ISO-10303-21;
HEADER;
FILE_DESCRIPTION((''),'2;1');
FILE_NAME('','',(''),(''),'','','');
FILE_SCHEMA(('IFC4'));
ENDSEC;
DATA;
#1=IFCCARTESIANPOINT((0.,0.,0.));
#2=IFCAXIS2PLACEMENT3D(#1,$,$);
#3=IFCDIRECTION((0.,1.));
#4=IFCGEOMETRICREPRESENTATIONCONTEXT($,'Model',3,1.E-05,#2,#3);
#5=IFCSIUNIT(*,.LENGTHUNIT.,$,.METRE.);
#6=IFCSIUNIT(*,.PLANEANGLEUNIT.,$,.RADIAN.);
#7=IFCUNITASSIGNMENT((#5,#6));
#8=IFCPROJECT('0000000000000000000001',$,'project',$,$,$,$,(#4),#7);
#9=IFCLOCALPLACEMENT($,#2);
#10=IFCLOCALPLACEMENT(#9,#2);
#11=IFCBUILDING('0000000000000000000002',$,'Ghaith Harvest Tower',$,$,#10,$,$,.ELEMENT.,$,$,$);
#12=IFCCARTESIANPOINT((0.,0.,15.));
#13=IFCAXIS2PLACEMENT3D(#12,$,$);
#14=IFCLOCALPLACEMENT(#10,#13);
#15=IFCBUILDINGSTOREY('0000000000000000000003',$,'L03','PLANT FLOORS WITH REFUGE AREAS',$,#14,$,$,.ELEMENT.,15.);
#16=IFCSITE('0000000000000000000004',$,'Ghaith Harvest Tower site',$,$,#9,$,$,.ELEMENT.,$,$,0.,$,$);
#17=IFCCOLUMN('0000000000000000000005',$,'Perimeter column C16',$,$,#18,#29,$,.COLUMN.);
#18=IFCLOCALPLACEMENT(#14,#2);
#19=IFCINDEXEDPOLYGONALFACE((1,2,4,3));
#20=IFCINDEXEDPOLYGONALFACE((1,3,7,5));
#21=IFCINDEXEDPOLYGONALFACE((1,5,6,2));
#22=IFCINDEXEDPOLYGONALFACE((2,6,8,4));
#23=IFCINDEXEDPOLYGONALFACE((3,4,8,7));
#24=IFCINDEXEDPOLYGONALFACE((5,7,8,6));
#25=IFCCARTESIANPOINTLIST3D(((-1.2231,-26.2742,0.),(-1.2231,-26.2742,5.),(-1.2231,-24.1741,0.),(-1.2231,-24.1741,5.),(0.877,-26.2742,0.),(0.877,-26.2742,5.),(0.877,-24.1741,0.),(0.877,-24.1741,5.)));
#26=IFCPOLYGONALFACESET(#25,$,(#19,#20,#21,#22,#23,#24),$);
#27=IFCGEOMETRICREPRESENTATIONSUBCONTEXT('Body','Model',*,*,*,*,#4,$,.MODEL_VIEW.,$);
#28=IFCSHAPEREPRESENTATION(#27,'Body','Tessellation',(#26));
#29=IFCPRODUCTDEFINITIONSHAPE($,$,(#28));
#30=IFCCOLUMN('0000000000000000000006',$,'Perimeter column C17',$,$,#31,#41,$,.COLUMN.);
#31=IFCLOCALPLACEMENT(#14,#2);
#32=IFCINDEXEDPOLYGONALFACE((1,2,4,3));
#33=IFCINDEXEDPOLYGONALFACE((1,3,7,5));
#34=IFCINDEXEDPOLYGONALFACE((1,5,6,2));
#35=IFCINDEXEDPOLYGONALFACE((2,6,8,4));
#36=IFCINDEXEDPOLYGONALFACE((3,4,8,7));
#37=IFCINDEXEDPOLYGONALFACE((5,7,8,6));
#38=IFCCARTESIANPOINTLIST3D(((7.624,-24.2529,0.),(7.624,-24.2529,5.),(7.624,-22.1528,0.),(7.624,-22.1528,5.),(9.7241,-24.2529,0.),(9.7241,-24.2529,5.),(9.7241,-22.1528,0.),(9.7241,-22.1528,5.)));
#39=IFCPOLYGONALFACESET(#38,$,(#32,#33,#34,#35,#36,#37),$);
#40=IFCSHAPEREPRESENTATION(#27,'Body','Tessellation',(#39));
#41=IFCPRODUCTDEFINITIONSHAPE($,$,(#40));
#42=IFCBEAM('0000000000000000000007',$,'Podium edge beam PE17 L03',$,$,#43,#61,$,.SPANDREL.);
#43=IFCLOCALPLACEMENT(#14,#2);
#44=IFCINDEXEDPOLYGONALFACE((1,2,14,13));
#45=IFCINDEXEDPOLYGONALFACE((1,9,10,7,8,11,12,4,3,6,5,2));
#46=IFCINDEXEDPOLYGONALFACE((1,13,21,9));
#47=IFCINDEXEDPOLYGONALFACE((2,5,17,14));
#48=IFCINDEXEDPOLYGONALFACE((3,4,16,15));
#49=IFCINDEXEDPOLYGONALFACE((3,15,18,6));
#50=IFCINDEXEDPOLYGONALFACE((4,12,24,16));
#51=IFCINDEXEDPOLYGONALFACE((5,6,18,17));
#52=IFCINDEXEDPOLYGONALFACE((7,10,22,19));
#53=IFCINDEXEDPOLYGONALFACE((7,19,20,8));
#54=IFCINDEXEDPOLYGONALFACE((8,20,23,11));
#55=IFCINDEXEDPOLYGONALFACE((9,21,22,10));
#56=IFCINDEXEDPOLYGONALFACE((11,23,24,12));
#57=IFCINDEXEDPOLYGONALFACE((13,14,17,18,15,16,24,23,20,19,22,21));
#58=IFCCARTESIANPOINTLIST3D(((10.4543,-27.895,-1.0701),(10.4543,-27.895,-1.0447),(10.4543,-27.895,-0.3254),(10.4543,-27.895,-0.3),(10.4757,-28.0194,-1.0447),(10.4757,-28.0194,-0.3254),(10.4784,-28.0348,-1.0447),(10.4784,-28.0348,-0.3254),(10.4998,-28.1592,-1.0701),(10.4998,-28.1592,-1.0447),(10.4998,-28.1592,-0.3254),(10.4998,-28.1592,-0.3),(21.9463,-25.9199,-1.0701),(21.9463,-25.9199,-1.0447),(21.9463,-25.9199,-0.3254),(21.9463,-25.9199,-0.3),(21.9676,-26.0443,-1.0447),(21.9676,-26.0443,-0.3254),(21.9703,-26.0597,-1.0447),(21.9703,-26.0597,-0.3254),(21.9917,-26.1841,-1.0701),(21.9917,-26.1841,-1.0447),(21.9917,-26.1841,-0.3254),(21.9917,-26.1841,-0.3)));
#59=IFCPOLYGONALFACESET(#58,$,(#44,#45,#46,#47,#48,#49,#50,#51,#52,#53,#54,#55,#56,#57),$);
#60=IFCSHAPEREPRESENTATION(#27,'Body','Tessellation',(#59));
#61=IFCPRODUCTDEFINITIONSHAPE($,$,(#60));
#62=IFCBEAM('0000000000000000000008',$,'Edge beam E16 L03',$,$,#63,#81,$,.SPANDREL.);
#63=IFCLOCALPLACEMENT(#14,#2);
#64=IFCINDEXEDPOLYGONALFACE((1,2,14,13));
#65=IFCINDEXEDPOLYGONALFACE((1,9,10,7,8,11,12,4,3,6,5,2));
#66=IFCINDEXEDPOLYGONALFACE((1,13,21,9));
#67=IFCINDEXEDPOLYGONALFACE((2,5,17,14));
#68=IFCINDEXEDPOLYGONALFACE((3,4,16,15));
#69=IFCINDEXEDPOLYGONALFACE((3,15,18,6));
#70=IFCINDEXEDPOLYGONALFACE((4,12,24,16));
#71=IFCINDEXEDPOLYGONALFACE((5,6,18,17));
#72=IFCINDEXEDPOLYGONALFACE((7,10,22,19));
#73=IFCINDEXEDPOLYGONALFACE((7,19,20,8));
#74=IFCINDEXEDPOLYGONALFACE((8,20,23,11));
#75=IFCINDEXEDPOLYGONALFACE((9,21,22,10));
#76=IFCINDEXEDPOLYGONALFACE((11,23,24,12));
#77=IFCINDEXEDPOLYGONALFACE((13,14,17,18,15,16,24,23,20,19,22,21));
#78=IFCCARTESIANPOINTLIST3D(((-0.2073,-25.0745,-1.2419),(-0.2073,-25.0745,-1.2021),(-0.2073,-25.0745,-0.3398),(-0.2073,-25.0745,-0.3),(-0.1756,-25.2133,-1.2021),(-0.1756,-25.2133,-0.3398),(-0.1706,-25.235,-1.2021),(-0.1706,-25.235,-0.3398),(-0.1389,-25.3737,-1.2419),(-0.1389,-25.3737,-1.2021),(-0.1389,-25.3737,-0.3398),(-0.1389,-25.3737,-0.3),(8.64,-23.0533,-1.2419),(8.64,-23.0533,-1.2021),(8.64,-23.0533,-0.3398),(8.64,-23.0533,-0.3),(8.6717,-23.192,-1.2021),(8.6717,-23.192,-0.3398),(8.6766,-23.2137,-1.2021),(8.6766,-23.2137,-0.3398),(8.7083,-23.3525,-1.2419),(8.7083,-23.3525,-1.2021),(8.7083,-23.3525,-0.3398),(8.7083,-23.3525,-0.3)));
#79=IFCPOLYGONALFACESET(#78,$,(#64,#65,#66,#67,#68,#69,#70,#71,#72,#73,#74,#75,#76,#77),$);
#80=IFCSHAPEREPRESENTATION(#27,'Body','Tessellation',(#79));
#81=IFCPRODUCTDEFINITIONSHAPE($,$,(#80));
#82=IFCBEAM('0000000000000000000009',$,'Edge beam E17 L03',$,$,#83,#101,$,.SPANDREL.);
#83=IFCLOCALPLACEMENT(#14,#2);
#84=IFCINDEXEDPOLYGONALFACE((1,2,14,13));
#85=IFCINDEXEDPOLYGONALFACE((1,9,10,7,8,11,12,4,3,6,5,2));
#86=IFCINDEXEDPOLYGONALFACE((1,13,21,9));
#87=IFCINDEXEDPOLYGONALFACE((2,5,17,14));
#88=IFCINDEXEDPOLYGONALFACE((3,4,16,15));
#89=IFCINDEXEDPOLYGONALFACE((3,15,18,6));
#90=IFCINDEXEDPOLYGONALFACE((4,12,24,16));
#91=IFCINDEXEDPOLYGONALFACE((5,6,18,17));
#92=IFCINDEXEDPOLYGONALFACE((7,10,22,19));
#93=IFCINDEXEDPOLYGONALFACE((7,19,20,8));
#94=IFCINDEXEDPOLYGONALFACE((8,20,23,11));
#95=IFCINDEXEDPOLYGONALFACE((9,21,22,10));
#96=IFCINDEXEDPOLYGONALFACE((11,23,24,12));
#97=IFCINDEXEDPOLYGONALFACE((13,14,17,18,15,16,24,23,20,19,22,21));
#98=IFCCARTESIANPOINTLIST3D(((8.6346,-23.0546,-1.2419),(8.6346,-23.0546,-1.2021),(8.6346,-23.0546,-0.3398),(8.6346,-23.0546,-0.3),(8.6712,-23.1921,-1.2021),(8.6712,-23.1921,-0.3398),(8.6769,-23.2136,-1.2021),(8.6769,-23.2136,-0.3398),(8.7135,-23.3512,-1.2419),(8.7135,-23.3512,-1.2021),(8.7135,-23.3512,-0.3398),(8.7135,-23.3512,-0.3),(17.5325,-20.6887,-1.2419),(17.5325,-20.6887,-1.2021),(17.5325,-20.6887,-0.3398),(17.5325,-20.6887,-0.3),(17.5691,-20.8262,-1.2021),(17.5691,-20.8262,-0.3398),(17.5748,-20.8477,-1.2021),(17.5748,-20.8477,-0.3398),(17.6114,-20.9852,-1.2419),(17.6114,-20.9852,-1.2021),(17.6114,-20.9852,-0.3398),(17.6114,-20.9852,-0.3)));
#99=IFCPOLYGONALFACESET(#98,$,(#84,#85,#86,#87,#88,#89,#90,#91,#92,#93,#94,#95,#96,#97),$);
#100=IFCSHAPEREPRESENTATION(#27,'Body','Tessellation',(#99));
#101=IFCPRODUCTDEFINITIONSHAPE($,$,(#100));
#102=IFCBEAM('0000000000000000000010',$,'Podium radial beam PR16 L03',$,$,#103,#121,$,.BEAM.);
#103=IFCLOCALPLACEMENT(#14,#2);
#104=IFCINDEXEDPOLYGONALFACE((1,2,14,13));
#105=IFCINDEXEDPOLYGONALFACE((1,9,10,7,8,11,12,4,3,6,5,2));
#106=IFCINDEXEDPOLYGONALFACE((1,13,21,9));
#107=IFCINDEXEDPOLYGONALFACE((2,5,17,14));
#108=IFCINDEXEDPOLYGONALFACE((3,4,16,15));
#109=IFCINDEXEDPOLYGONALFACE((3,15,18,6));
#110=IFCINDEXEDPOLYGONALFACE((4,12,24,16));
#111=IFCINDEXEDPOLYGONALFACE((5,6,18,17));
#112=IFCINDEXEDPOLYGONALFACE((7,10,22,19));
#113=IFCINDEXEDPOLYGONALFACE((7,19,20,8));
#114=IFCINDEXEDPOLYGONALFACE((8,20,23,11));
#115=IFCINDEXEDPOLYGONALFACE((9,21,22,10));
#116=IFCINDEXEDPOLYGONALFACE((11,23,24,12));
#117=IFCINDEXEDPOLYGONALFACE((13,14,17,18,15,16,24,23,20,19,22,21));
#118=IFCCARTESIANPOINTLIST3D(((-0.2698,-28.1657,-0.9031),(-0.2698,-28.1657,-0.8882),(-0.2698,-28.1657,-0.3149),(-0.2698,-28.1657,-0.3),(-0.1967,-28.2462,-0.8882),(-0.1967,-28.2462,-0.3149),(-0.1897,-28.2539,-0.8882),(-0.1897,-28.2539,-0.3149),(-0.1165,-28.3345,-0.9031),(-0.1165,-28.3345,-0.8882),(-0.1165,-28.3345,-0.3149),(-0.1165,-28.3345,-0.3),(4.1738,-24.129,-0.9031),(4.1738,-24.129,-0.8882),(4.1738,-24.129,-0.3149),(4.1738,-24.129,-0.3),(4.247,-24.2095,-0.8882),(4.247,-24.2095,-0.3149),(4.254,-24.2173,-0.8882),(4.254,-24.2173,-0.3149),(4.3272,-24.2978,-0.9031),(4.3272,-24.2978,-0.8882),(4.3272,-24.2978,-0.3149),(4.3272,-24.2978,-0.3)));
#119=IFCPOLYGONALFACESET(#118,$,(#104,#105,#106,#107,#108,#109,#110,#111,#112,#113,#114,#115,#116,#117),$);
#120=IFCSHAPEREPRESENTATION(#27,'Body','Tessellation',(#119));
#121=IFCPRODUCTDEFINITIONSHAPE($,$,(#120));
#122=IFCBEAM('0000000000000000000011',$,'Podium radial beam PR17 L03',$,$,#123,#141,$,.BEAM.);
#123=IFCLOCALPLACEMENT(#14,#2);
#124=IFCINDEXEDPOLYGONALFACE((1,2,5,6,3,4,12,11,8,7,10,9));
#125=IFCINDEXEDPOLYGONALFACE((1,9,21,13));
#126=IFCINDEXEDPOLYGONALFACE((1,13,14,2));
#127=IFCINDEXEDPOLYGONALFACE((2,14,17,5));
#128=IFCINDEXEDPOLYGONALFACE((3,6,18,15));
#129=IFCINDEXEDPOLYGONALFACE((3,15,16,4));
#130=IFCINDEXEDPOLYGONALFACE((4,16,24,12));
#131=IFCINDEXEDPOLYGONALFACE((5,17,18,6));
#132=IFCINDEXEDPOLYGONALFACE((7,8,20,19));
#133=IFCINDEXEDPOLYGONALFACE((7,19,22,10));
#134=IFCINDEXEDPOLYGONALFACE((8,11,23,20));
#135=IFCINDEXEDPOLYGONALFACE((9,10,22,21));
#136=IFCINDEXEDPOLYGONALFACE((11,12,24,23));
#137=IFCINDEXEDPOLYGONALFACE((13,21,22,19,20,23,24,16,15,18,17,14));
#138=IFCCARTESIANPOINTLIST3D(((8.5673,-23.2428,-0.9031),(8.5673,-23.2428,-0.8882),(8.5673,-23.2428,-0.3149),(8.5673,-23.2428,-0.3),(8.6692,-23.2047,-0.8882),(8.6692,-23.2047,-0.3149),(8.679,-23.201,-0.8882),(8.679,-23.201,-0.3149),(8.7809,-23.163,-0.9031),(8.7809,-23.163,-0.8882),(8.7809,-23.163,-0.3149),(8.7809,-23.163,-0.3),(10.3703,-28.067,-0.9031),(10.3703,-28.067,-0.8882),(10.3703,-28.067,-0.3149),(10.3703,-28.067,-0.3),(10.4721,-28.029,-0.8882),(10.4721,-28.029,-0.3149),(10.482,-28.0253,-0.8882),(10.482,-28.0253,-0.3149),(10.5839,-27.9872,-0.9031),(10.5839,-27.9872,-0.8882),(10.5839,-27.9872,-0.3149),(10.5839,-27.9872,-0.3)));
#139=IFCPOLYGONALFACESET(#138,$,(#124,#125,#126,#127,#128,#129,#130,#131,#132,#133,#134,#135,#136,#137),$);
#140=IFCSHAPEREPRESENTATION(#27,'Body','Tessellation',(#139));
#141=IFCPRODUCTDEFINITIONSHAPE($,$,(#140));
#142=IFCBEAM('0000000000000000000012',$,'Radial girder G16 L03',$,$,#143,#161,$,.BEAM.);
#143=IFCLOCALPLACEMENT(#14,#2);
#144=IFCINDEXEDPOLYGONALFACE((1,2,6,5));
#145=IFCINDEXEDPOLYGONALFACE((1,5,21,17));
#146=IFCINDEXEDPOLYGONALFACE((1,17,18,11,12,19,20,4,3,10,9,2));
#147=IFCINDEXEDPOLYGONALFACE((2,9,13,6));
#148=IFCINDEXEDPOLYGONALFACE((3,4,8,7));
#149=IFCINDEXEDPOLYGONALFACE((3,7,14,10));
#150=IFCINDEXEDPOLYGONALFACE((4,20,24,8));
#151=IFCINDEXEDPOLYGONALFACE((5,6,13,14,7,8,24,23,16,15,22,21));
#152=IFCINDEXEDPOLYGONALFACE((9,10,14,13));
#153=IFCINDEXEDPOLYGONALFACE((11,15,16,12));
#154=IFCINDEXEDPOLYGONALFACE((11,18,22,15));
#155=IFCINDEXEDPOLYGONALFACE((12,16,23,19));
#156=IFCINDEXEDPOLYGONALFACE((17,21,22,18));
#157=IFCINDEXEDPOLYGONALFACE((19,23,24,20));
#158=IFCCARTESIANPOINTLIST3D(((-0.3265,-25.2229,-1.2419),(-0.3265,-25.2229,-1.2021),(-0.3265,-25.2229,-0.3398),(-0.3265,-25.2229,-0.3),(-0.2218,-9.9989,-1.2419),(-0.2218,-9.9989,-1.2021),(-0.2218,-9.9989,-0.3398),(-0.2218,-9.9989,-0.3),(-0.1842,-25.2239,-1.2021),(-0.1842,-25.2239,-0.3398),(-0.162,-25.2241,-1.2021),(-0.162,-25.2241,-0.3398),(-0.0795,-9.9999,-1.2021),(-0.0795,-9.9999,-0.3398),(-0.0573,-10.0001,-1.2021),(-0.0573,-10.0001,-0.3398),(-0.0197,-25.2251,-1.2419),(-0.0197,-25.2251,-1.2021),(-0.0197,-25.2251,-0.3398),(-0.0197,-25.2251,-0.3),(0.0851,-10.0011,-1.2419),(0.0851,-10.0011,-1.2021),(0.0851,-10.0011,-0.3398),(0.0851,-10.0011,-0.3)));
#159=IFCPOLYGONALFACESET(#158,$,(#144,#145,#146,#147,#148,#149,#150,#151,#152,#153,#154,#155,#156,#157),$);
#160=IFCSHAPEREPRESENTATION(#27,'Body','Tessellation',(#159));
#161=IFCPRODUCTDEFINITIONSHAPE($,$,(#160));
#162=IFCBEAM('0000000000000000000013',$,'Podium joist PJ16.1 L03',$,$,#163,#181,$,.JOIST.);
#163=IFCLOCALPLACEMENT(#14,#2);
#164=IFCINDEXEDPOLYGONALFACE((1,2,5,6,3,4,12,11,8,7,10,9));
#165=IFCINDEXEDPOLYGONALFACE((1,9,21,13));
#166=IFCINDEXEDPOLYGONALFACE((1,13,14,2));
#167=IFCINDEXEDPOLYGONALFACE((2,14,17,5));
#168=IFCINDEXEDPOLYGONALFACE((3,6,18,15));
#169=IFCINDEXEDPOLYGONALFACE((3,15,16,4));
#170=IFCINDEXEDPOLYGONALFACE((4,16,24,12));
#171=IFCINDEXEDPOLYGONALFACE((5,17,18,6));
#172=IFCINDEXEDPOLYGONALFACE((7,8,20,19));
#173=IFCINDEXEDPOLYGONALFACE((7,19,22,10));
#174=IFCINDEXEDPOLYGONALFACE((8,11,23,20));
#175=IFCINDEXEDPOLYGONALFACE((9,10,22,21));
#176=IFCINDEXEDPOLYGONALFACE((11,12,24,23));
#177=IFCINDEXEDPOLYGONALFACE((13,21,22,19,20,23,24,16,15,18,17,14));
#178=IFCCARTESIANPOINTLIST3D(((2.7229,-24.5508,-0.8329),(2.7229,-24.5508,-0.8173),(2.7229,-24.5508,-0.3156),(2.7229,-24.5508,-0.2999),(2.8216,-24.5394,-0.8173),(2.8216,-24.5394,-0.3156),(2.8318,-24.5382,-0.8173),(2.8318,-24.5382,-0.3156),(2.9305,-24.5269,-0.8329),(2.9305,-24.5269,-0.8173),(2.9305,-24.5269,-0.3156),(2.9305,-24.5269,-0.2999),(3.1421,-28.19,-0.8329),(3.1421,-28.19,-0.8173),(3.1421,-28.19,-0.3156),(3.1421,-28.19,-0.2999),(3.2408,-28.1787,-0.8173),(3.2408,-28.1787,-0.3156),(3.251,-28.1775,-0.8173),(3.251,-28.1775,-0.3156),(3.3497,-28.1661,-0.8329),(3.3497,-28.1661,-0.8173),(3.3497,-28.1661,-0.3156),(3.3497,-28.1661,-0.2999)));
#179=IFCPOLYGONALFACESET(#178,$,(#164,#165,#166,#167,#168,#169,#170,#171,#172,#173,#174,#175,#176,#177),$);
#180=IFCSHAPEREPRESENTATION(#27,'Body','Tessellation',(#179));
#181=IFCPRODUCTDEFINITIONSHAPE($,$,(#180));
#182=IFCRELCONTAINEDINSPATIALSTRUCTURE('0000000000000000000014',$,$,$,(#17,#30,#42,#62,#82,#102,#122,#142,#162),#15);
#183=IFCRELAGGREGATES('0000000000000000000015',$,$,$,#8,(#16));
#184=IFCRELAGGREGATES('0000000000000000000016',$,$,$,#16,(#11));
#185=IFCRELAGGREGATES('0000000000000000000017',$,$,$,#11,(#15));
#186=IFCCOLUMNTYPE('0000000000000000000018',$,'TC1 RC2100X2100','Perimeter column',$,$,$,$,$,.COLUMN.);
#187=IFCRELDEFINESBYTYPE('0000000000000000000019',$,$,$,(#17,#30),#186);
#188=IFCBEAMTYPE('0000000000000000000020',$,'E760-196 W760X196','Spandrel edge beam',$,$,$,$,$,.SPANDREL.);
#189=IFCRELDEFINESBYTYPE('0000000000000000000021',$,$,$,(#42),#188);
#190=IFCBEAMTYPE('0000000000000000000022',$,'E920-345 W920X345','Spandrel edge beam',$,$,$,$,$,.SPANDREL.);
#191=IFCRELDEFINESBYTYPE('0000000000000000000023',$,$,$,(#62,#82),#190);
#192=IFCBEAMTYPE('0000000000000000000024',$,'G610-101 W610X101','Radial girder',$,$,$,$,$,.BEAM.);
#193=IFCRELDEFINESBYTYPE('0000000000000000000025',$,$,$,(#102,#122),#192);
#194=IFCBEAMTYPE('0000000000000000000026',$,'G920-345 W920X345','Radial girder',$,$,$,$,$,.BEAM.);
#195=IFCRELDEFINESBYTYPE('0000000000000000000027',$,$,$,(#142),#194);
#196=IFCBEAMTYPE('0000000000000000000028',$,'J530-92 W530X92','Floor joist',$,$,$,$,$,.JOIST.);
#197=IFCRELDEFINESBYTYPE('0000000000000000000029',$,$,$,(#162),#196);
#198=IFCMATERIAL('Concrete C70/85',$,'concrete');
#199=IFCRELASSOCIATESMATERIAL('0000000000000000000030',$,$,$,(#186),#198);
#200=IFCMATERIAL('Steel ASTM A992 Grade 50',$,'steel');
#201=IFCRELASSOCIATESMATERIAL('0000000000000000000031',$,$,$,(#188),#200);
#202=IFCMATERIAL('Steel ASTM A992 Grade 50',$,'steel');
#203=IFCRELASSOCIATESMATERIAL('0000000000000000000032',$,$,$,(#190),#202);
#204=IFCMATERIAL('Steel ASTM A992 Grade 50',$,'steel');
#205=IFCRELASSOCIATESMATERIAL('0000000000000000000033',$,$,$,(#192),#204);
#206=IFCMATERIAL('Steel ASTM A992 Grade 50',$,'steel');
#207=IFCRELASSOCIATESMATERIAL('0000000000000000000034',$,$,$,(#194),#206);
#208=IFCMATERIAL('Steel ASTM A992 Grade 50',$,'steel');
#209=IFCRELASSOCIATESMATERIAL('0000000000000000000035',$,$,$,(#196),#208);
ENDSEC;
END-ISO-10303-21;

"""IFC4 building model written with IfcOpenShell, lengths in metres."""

from ifc_helpers import new_model, si_unit, direction, frame, origin, origin_2d, place, context, subcontext, project, spatial, rectangle, i_section, extrude, material, material_profile, profile_set, type_object, element, save


model = new_model("IFC4")

# Units and contexts
model_context = context("Model", 3, precision=1e-05, world=origin(), true_north=direction((0.0, 1.0)))
body_context = subcontext(model_context, "Body", "Model", "MODEL_VIEW")
ifc_project = project(units=[si_unit("LENGTHUNIT", "METRE"), si_unit("PLANEANGLEUNIT", "RADIAN")], contexts=[model_context])

# Site, building, storey
site_placement = place(None, origin())
site = spatial("IfcSite", under=ifc_project, at=site_placement, Name="Ghaith Harvest Tower site", CompositionType="ELEMENT", RefElevation=0.0)
building_placement = place(site_placement, origin())
building = spatial("IfcBuilding", under=site, at=building_placement, Name="Ghaith Harvest Tower", CompositionType="ELEMENT")
storey_placement = place(building_placement, frame((0.0, 0.0, 15.0)))
storey = spatial("IfcBuildingStorey", under=building, at=storey_placement, Name="L03", Description="PLANT FLOORS WITH REFUGE AREAS", CompositionType="ELEMENT", Elevation=15.0)

# Columns
ifc_material_1 = material(Name="Concrete C70/85", Category="concrete")
ifc_material_profile_1 = material_profile(ifc_material_1, rectangle(XDim=2.1001, YDim=2.1001, at=origin_2d()), Name="RC2100X2100")
ifc_profile_set_1 = profile_set([ifc_material_profile_1], Name="Concrete C70/85")
column_type = type_object("IfcColumnType", Name="TC1 RC2100X2100", Description="Perimeter column", PredefinedType="COLUMN", material=ifc_profile_set_1)
for number, where, z_axis, x_axis, name in (
    (1, (-0.1731, -25.2241, 0.0), (0.0, 0.0, 1.0), (1.0, 0.0, 0.0), "Perimeter column C16"),
    (2, (8.6741, -23.2029, 0.0), (0.0, 0.0, 1.0), (1.0, 0.0, 0.0), "Perimeter column C17"),
):
    element("IfcColumn", number, at=place(storey_placement, frame(where, z_axis=z_axis, x_axis=x_axis)), inside=storey, type_object=column_type, Name=name, PredefinedType="COLUMN", context=body_context, shape_type="SweptSolid", body=[
        extrude(rectangle(XDim=2.1001, YDim=2.1001, at=origin_2d()), origin(), (0.0, 0.0, 1.0), 5.0),
    ])

# Beams
ifc_material_2 = material(Name="Steel ASTM A992 Grade 50", Category="steel")
ifc_material_profile_2 = material_profile(ifc_material_2, i_section(OverallWidth=0.2681, OverallDepth=0.77, WebThickness=0.0156, FlangeThickness=0.0254, at=origin_2d()), Name="W760X196")
ifc_profile_set_2 = profile_set([ifc_material_profile_2], Name="Steel ASTM A992 Grade 50")
beam_type_1 = type_object("IfcBeamType", Name="E760-196 W760X196", Description="Spandrel edge beam", PredefinedType="SPANDREL", material=ifc_profile_set_2)
beam_1_placement = place(storey_placement, frame((10.4771, -28.0271, -0.6851), z_axis=(0.98555, 0.169385, 0.0), x_axis=(-0.169385, 0.98555, 0.0)))
element("IfcBeam", 3, at=beam_1_placement, inside=storey, type_object=beam_type_1, Name="Podium edge beam PE17 L03", PredefinedType="SPANDREL", context=body_context, shape_type="SweptSolid", body=[
    extrude(i_section(OverallWidth=0.2681, OverallDepth=0.77, WebThickness=0.0156, FlangeThickness=0.0254, at=origin_2d()), origin(), (0.0, 0.0, 1.0), 11.6604),
])
ifc_material_3 = material(Name="Steel ASTM A992 Grade 50", Category="steel")
ifc_material_profile_3 = material_profile(ifc_material_3, i_section(OverallWidth=0.3069, OverallDepth=0.9419, WebThickness=0.0222, FlangeThickness=0.0398, at=origin_2d()), Name="W920X345")
ifc_profile_set_3 = profile_set([ifc_material_profile_3], Name="Steel ASTM A992 Grade 50")
beam_type_2 = type_object("IfcBeamType", Name="E920-345 W920X345", Description="Spandrel edge beam", PredefinedType="SPANDREL", material=ifc_profile_set_3)
beam_2_placement = place(storey_placement, frame((-0.1731, -25.2241, -0.771), z_axis=(0.974882, 0.222723, 0.0), x_axis=(-0.222723, 0.974882, 0.0)))
element("IfcBeam", 4, at=beam_2_placement, inside=storey, type_object=beam_type_2, Name="Edge beam E16 L03", PredefinedType="SPANDREL", context=body_context, shape_type="SweptSolid", body=[
    extrude(i_section(OverallWidth=0.3069, OverallDepth=0.9419, WebThickness=0.0222, FlangeThickness=0.0398, at=origin_2d()), origin(), (0.0, 0.0, 1.0), 9.0752),
])
beam_3_placement = place(storey_placement, frame((8.6741, -23.2029, -0.771), z_axis=(0.966419, 0.256971, 0.0), x_axis=(-0.256971, 0.966419, 0.0)))
element("IfcBeam", 5, at=beam_3_placement, inside=storey, type_object=beam_type_2, Name="Edge beam E17 L03", PredefinedType="SPANDREL", context=body_context, shape_type="SweptSolid", body=[
    extrude(i_section(OverallWidth=0.3069, OverallDepth=0.9419, WebThickness=0.0222, FlangeThickness=0.0398, at=origin_2d()), origin(), (0.0, 0.0, 1.0), 9.207),
])
ifc_material_4 = material(Name="Steel ASTM A992 Grade 50", Category="steel")
ifc_material_profile_4 = material_profile(ifc_material_4, i_section(OverallWidth=0.228, OverallDepth=0.603, WebThickness=0.0105, FlangeThickness=0.0149, at=origin_2d()), Name="W610X101")
ifc_profile_set_4 = profile_set([ifc_material_profile_4], Name="Steel ASTM A992 Grade 50")
beam_type_3 = type_object("IfcBeamType", Name="G610-101 W610X101", Description="Radial girder", PredefinedType="BEAM", material=ifc_profile_set_4)
beam_4_placement = place(storey_placement, frame((4.2505, -24.2134, -0.6016), z_axis=(-0.74019, -0.672397, 0.0), x_axis=(0.672397, -0.74019, 0.0)))
element("IfcBeam", 6, at=beam_4_placement, inside=storey, type_object=beam_type_3, Name="Podium radial beam PR16 L03", PredefinedType="BEAM", context=body_context, shape_type="SweptSolid", body=[
    extrude(i_section(OverallWidth=0.228, OverallDepth=0.603, WebThickness=0.0105, FlangeThickness=0.0149, at=origin_2d()), origin(), (0.0, 0.0, 1.0), 6.0034),
])
beam_5_placement = place(storey_placement, frame((8.6741, -23.2029, -0.6016), z_axis=(0.350084, -0.936718, 0.0), x_axis=(0.936718, 0.350084, 0.0)))
element("IfcBeam", 7, at=beam_5_placement, inside=storey, type_object=beam_type_3, Name="Podium radial beam PR17 L03", PredefinedType="BEAM", context=body_context, shape_type="SweptSolid", body=[
    extrude(i_section(OverallWidth=0.228, OverallDepth=0.603, WebThickness=0.0105, FlangeThickness=0.0149, at=origin_2d()), origin(), (0.0, 0.0, 1.0), 5.1501),
])
ifc_material_5 = material(Name="Steel ASTM A992 Grade 50", Category="steel")
ifc_material_profile_5 = material_profile(ifc_material_5, i_section(OverallWidth=0.3069, OverallDepth=0.9419, WebThickness=0.0222, FlangeThickness=0.0398, at=origin_2d()), Name="W920X345")
ifc_profile_set_5 = profile_set([ifc_material_profile_5], Name="Steel ASTM A992 Grade 50")
beam_type_4 = type_object("IfcBeamType", Name="G920-345 W920X345", Description="Radial girder", PredefinedType="BEAM", material=ifc_profile_set_5)
beam_6_placement = place(storey_placement, frame((-0.0684, -10.0, -0.771), z_axis=(-0.006879, -0.999976, 0.0), x_axis=(0.999976, -0.006879, 0.0)))
element("IfcBeam", 8, at=beam_6_placement, inside=storey, type_object=beam_type_4, Name="Radial girder G16 L03", PredefinedType="BEAM", context=body_context, shape_type="SweptSolid", body=[
    extrude(i_section(OverallWidth=0.3069, OverallDepth=0.9419, WebThickness=0.0222, FlangeThickness=0.0398, at=origin_2d()), origin(), (0.0, 0.0, 1.0), 15.2244),
])
ifc_material_6 = material(Name="Steel ASTM A992 Grade 50", Category="steel")
ifc_material_profile_6 = material_profile(ifc_material_6, i_section(OverallWidth=0.209, OverallDepth=0.533, WebThickness=0.0103, FlangeThickness=0.0156, at=origin_2d()), Name="W530X92")
ifc_profile_set_6 = profile_set([ifc_material_profile_6], Name="Steel ASTM A992 Grade 50")
beam_type_5 = type_object("IfcBeamType", Name="J530-92 W530X92", Description="Floor joist", PredefinedType="JOIST", material=ifc_profile_set_6)
beam_7_placement = place(storey_placement, frame((2.8267, -24.5388, -0.5664), z_axis=(0.114432, -0.993431, 0.0), x_axis=(0.993431, 0.114432, 0.0)))
element("IfcBeam", 9, at=beam_7_placement, inside=storey, type_object=beam_type_5, Name="Podium joist PJ16.1 L03", PredefinedType="JOIST", context=body_context, shape_type="SweptSolid", body=[
    extrude(i_section(OverallWidth=0.209, OverallDepth=0.533, WebThickness=0.0103, FlangeThickness=0.0156, at=origin_2d()), origin(), (0.0, 0.0, 1.0), 3.6633),
])

save(model, "model.ifc")
